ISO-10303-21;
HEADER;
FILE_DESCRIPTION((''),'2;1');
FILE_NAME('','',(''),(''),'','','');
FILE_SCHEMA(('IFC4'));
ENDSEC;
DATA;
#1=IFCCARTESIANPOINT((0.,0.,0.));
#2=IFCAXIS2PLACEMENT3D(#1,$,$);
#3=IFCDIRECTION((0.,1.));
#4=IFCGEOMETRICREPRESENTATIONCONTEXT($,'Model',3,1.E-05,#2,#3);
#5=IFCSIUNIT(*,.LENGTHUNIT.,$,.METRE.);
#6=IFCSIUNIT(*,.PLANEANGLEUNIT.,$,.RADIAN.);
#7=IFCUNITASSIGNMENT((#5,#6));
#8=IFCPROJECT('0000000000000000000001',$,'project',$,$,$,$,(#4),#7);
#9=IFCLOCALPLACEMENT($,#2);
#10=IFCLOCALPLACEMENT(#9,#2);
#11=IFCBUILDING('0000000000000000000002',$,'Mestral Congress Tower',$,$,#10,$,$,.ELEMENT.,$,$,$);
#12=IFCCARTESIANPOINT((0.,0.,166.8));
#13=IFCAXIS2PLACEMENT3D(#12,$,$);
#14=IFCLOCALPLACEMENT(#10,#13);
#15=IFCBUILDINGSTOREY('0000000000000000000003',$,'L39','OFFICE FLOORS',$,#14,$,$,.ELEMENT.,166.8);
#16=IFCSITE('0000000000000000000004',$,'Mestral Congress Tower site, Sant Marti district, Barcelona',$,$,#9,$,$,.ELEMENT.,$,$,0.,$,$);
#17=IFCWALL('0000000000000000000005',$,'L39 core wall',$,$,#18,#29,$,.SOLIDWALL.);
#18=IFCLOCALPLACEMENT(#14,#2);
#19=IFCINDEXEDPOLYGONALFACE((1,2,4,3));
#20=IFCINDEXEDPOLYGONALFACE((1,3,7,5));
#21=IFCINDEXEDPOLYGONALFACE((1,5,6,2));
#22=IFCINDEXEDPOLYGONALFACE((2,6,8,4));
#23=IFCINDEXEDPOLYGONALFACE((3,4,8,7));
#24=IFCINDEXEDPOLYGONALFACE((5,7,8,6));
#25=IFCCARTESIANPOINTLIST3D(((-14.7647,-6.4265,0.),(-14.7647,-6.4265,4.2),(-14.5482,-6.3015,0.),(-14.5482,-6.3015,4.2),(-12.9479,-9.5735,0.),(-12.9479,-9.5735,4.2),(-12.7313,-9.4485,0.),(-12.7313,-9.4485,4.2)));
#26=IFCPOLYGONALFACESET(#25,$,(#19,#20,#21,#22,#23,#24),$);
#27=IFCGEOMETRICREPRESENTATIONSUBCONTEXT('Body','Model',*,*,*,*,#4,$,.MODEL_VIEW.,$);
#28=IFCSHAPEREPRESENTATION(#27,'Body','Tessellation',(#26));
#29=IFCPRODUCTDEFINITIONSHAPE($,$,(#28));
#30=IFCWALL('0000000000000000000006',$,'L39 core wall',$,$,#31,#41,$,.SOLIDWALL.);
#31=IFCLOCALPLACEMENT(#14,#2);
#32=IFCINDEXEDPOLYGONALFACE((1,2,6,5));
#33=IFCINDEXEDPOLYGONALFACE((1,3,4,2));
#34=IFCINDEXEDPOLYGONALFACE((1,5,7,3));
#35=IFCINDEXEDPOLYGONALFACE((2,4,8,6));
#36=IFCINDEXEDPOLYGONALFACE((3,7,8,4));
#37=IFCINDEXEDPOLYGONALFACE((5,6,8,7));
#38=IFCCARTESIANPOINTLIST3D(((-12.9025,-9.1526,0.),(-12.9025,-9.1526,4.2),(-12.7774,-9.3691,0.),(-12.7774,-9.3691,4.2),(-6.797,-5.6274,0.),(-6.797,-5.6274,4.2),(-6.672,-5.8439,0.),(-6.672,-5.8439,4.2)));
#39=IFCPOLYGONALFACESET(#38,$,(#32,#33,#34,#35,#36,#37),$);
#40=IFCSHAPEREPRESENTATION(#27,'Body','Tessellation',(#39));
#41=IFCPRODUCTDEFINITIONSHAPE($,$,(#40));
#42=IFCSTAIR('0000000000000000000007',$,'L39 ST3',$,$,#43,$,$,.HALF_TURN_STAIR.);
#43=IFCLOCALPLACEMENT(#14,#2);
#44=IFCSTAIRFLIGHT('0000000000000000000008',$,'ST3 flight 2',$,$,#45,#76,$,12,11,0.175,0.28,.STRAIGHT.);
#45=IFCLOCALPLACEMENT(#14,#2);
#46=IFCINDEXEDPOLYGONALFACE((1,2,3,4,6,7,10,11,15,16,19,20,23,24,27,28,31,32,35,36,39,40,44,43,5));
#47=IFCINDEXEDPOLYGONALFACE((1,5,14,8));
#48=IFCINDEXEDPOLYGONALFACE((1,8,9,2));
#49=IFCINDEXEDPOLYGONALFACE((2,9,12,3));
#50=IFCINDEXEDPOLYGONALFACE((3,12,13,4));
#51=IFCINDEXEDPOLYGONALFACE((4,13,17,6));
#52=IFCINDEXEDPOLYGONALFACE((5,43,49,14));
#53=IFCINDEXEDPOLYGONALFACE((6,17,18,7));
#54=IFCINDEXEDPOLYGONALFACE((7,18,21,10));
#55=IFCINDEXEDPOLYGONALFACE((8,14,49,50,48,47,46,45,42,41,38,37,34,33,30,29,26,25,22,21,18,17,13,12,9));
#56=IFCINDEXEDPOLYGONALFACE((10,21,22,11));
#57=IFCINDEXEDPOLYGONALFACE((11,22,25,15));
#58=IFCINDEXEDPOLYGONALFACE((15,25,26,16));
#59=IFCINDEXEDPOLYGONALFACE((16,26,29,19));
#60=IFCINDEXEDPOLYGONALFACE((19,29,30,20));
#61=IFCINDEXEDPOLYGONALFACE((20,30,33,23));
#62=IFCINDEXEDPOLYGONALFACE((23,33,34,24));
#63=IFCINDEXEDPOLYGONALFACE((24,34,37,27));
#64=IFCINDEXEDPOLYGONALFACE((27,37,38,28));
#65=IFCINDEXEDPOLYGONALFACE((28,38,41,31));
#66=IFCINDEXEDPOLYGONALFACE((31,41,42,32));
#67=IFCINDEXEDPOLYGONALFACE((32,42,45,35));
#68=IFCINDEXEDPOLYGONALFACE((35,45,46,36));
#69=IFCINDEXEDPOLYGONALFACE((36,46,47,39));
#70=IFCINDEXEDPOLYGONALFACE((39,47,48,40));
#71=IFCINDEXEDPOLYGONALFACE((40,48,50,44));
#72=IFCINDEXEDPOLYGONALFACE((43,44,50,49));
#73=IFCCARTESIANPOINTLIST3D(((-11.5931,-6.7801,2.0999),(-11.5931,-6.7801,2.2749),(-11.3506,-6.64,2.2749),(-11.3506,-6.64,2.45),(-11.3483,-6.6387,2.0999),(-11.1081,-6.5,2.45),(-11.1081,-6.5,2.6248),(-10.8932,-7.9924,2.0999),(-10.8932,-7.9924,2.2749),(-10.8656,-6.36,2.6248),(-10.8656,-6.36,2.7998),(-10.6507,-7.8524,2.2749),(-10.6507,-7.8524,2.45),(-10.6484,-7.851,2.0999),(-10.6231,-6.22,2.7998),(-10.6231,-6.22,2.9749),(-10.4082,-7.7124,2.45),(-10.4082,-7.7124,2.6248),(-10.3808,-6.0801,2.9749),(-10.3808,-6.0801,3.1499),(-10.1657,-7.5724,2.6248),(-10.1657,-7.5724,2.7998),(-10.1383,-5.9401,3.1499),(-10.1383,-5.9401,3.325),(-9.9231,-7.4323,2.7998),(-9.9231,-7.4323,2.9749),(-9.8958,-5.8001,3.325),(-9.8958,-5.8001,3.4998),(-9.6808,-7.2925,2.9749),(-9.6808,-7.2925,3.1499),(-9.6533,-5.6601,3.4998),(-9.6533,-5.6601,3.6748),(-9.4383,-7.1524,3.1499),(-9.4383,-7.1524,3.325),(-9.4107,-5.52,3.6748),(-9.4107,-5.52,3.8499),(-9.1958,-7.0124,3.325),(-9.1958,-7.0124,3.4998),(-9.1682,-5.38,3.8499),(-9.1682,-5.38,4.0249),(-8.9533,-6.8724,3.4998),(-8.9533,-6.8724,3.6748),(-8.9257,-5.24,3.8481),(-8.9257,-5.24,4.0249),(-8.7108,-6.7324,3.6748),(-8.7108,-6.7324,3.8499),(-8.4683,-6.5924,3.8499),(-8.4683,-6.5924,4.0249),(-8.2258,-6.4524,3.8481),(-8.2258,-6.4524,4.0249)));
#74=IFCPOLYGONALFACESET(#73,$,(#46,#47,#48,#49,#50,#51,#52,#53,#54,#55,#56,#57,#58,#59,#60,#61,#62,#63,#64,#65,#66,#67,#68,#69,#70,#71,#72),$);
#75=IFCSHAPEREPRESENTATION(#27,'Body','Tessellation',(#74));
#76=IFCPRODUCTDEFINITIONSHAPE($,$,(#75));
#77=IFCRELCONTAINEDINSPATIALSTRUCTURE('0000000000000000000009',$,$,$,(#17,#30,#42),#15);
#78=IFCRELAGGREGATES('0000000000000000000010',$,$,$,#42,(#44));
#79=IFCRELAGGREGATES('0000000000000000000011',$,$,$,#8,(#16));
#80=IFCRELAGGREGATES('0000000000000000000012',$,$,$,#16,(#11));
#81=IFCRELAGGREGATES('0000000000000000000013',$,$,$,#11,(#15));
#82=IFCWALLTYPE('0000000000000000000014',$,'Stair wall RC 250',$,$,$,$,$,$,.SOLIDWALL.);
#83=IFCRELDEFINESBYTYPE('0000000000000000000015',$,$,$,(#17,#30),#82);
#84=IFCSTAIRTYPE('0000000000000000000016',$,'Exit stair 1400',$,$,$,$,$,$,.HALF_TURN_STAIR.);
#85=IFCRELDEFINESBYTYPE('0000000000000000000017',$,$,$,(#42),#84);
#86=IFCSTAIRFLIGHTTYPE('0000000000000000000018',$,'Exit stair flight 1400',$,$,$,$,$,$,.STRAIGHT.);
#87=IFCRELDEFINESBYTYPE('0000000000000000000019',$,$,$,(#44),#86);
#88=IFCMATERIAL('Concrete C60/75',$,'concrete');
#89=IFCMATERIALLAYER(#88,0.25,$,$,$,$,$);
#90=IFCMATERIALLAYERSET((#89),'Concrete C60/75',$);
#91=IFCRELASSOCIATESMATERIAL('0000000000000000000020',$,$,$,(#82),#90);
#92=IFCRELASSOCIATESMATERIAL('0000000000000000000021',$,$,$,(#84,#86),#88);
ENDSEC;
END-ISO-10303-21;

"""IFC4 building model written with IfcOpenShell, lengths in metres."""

from ifc_helpers import new_model, si_unit, direction, frame, frame_2d, origin, place, context, subcontext, project, spatial, polyline, rectangle, outline, extrude, material, layer, layer_set, type_object, element, aggregate, save


model = new_model("IFC4")

# Units and contexts
model_context = context("Model", 3, precision=1e-05, world=origin(), true_north=direction((0.0, 1.0)))
body_context = subcontext(model_context, "Body", "Model", "MODEL_VIEW")
ifc_project = project(units=[si_unit("LENGTHUNIT", "METRE"), si_unit("PLANEANGLEUNIT", "RADIAN")], contexts=[model_context])

# Site, building, storey
site_placement = place(None, origin())
site = spatial("IfcSite", under=ifc_project, at=site_placement, Name="Mestral Congress Tower site, Sant Marti district, Barcelona", CompositionType="ELEMENT", RefElevation=0.0)
building_placement = place(site_placement, origin())
building = spatial("IfcBuilding", under=site, at=building_placement, Name="Mestral Congress Tower", CompositionType="ELEMENT")
storey_placement = place(building_placement, frame((0.0, 0.0, 166.8)))
storey = spatial("IfcBuildingStorey", under=building, at=storey_placement, Name="L39", Description="OFFICE FLOORS", CompositionType="ELEMENT", Elevation=166.8)

# Shared definitions
ifc_material_1 = material(Name="Concrete C60/75", Category="concrete")

# Walls
ifc_layer_1 = layer(ifc_material_1, 0.25)
ifc_layer_set_1 = layer_set([ifc_layer_1], Name="Concrete C60/75")
wall_type_1 = type_object("IfcWallType", Name="Stair wall RC 250", PredefinedType="SOLIDWALL", material=ifc_layer_set_1)
wall_1_placement = place(storey_placement, frame((-12.8396, -9.511, 0.0), z_axis=(0.0, 0.0, 1.0), x_axis=(-0.499998, 0.866027, 0.0)))
element("IfcWall", 1, at=wall_1_placement, inside=storey, type_object=wall_type_1, Name="L39 core wall", PredefinedType="SOLIDWALL", context=body_context, shape_type="SweptSolid", body=[
    extrude(rectangle(XDim=3.6338, YDim=0.25, at=frame_2d((1.8169, 0.0))), origin(), (0.0, 0.0, 1.0), 4.2),
])
wall_2_placement = place(storey_placement, frame((-12.8398, -9.2607, 0.0), z_axis=(0.0, 0.0, 1.0), x_axis=(0.866016, 0.500016, 0.0)))
element("IfcWall", 2, at=wall_2_placement, inside=storey, type_object=wall_type_1, Name="L39 core wall", PredefinedType="SOLIDWALL", context=body_context, shape_type="SweptSolid", body=[
    extrude(rectangle(XDim=7.05, YDim=0.25, at=frame_2d((3.5249, 0.0))), origin(), (0.0, 0.0, 1.0), 4.2),
])

# Stair, stair flight
stair_type = type_object("IfcStairType", Name="Exit stair 1400", PredefinedType="HALF_TURN_STAIR", material=ifc_material_1)
stair_placement = place(storey_placement, origin())
stair = element("IfcStair", 3, at=stair_placement, inside=storey, type_object=stair_type, Name="L39 ST3", PredefinedType="HALF_TURN_STAIR")
stair_flight_type = type_object("IfcStairFlightType", Name="Exit stair flight 1400", PredefinedType="STRAIGHT", material=ifc_material_1)
stair_flight_placement = place(storey_placement, frame((-11.2432, -7.3862, 2.0999), z_axis=(0.0, 0.0, 1.0), x_axis=(0.866025, 0.5, 0.0)))
stair_flight = element("IfcStairFlight", 4, at=stair_flight_placement, type_object=stair_flight_type, Name="ST3 flight 2", NumberOfRisers=12, NumberOfTreads=11, PredefinedType="STRAIGHT", RiserHeight=0.175, TreadLength=0.28, context=body_context, shape_type="SweptSolid", body=[
    extrude(outline(polyline([(0.0, 0.0), (0.0, 0.175), (0.28, 0.175), (0.28, 0.3501), (0.5601, 0.3501), (0.5601, 0.5249), (0.8401, 0.5249), (0.8401, 0.7), (1.1201, 0.7), (1.1201, 0.875), (1.3999, 0.875), (1.3999, 1.05), (1.6799, 1.05), (1.6799, 1.2251), (1.96, 1.2251), (1.96, 1.3999), (2.24, 1.3999), (2.24, 1.575), (2.52, 1.575), (2.52, 1.75), (2.8, 1.75), (2.8, 1.925), (3.0801, 1.925), (3.0801, 2.1001), (3.0801, 1.7483), (0.2827, 0.0), (0.0, 0.0)])), frame((0.0, 0.7, 0.0), z_axis=(0.0, -1.0, 0.0), x_axis=(1.0, 0.0, 0.0)), (0.0, 0.0, 1.0), 1.3999),
])
aggregate(stair, [stair_flight])

save(model, "model.ifc")
